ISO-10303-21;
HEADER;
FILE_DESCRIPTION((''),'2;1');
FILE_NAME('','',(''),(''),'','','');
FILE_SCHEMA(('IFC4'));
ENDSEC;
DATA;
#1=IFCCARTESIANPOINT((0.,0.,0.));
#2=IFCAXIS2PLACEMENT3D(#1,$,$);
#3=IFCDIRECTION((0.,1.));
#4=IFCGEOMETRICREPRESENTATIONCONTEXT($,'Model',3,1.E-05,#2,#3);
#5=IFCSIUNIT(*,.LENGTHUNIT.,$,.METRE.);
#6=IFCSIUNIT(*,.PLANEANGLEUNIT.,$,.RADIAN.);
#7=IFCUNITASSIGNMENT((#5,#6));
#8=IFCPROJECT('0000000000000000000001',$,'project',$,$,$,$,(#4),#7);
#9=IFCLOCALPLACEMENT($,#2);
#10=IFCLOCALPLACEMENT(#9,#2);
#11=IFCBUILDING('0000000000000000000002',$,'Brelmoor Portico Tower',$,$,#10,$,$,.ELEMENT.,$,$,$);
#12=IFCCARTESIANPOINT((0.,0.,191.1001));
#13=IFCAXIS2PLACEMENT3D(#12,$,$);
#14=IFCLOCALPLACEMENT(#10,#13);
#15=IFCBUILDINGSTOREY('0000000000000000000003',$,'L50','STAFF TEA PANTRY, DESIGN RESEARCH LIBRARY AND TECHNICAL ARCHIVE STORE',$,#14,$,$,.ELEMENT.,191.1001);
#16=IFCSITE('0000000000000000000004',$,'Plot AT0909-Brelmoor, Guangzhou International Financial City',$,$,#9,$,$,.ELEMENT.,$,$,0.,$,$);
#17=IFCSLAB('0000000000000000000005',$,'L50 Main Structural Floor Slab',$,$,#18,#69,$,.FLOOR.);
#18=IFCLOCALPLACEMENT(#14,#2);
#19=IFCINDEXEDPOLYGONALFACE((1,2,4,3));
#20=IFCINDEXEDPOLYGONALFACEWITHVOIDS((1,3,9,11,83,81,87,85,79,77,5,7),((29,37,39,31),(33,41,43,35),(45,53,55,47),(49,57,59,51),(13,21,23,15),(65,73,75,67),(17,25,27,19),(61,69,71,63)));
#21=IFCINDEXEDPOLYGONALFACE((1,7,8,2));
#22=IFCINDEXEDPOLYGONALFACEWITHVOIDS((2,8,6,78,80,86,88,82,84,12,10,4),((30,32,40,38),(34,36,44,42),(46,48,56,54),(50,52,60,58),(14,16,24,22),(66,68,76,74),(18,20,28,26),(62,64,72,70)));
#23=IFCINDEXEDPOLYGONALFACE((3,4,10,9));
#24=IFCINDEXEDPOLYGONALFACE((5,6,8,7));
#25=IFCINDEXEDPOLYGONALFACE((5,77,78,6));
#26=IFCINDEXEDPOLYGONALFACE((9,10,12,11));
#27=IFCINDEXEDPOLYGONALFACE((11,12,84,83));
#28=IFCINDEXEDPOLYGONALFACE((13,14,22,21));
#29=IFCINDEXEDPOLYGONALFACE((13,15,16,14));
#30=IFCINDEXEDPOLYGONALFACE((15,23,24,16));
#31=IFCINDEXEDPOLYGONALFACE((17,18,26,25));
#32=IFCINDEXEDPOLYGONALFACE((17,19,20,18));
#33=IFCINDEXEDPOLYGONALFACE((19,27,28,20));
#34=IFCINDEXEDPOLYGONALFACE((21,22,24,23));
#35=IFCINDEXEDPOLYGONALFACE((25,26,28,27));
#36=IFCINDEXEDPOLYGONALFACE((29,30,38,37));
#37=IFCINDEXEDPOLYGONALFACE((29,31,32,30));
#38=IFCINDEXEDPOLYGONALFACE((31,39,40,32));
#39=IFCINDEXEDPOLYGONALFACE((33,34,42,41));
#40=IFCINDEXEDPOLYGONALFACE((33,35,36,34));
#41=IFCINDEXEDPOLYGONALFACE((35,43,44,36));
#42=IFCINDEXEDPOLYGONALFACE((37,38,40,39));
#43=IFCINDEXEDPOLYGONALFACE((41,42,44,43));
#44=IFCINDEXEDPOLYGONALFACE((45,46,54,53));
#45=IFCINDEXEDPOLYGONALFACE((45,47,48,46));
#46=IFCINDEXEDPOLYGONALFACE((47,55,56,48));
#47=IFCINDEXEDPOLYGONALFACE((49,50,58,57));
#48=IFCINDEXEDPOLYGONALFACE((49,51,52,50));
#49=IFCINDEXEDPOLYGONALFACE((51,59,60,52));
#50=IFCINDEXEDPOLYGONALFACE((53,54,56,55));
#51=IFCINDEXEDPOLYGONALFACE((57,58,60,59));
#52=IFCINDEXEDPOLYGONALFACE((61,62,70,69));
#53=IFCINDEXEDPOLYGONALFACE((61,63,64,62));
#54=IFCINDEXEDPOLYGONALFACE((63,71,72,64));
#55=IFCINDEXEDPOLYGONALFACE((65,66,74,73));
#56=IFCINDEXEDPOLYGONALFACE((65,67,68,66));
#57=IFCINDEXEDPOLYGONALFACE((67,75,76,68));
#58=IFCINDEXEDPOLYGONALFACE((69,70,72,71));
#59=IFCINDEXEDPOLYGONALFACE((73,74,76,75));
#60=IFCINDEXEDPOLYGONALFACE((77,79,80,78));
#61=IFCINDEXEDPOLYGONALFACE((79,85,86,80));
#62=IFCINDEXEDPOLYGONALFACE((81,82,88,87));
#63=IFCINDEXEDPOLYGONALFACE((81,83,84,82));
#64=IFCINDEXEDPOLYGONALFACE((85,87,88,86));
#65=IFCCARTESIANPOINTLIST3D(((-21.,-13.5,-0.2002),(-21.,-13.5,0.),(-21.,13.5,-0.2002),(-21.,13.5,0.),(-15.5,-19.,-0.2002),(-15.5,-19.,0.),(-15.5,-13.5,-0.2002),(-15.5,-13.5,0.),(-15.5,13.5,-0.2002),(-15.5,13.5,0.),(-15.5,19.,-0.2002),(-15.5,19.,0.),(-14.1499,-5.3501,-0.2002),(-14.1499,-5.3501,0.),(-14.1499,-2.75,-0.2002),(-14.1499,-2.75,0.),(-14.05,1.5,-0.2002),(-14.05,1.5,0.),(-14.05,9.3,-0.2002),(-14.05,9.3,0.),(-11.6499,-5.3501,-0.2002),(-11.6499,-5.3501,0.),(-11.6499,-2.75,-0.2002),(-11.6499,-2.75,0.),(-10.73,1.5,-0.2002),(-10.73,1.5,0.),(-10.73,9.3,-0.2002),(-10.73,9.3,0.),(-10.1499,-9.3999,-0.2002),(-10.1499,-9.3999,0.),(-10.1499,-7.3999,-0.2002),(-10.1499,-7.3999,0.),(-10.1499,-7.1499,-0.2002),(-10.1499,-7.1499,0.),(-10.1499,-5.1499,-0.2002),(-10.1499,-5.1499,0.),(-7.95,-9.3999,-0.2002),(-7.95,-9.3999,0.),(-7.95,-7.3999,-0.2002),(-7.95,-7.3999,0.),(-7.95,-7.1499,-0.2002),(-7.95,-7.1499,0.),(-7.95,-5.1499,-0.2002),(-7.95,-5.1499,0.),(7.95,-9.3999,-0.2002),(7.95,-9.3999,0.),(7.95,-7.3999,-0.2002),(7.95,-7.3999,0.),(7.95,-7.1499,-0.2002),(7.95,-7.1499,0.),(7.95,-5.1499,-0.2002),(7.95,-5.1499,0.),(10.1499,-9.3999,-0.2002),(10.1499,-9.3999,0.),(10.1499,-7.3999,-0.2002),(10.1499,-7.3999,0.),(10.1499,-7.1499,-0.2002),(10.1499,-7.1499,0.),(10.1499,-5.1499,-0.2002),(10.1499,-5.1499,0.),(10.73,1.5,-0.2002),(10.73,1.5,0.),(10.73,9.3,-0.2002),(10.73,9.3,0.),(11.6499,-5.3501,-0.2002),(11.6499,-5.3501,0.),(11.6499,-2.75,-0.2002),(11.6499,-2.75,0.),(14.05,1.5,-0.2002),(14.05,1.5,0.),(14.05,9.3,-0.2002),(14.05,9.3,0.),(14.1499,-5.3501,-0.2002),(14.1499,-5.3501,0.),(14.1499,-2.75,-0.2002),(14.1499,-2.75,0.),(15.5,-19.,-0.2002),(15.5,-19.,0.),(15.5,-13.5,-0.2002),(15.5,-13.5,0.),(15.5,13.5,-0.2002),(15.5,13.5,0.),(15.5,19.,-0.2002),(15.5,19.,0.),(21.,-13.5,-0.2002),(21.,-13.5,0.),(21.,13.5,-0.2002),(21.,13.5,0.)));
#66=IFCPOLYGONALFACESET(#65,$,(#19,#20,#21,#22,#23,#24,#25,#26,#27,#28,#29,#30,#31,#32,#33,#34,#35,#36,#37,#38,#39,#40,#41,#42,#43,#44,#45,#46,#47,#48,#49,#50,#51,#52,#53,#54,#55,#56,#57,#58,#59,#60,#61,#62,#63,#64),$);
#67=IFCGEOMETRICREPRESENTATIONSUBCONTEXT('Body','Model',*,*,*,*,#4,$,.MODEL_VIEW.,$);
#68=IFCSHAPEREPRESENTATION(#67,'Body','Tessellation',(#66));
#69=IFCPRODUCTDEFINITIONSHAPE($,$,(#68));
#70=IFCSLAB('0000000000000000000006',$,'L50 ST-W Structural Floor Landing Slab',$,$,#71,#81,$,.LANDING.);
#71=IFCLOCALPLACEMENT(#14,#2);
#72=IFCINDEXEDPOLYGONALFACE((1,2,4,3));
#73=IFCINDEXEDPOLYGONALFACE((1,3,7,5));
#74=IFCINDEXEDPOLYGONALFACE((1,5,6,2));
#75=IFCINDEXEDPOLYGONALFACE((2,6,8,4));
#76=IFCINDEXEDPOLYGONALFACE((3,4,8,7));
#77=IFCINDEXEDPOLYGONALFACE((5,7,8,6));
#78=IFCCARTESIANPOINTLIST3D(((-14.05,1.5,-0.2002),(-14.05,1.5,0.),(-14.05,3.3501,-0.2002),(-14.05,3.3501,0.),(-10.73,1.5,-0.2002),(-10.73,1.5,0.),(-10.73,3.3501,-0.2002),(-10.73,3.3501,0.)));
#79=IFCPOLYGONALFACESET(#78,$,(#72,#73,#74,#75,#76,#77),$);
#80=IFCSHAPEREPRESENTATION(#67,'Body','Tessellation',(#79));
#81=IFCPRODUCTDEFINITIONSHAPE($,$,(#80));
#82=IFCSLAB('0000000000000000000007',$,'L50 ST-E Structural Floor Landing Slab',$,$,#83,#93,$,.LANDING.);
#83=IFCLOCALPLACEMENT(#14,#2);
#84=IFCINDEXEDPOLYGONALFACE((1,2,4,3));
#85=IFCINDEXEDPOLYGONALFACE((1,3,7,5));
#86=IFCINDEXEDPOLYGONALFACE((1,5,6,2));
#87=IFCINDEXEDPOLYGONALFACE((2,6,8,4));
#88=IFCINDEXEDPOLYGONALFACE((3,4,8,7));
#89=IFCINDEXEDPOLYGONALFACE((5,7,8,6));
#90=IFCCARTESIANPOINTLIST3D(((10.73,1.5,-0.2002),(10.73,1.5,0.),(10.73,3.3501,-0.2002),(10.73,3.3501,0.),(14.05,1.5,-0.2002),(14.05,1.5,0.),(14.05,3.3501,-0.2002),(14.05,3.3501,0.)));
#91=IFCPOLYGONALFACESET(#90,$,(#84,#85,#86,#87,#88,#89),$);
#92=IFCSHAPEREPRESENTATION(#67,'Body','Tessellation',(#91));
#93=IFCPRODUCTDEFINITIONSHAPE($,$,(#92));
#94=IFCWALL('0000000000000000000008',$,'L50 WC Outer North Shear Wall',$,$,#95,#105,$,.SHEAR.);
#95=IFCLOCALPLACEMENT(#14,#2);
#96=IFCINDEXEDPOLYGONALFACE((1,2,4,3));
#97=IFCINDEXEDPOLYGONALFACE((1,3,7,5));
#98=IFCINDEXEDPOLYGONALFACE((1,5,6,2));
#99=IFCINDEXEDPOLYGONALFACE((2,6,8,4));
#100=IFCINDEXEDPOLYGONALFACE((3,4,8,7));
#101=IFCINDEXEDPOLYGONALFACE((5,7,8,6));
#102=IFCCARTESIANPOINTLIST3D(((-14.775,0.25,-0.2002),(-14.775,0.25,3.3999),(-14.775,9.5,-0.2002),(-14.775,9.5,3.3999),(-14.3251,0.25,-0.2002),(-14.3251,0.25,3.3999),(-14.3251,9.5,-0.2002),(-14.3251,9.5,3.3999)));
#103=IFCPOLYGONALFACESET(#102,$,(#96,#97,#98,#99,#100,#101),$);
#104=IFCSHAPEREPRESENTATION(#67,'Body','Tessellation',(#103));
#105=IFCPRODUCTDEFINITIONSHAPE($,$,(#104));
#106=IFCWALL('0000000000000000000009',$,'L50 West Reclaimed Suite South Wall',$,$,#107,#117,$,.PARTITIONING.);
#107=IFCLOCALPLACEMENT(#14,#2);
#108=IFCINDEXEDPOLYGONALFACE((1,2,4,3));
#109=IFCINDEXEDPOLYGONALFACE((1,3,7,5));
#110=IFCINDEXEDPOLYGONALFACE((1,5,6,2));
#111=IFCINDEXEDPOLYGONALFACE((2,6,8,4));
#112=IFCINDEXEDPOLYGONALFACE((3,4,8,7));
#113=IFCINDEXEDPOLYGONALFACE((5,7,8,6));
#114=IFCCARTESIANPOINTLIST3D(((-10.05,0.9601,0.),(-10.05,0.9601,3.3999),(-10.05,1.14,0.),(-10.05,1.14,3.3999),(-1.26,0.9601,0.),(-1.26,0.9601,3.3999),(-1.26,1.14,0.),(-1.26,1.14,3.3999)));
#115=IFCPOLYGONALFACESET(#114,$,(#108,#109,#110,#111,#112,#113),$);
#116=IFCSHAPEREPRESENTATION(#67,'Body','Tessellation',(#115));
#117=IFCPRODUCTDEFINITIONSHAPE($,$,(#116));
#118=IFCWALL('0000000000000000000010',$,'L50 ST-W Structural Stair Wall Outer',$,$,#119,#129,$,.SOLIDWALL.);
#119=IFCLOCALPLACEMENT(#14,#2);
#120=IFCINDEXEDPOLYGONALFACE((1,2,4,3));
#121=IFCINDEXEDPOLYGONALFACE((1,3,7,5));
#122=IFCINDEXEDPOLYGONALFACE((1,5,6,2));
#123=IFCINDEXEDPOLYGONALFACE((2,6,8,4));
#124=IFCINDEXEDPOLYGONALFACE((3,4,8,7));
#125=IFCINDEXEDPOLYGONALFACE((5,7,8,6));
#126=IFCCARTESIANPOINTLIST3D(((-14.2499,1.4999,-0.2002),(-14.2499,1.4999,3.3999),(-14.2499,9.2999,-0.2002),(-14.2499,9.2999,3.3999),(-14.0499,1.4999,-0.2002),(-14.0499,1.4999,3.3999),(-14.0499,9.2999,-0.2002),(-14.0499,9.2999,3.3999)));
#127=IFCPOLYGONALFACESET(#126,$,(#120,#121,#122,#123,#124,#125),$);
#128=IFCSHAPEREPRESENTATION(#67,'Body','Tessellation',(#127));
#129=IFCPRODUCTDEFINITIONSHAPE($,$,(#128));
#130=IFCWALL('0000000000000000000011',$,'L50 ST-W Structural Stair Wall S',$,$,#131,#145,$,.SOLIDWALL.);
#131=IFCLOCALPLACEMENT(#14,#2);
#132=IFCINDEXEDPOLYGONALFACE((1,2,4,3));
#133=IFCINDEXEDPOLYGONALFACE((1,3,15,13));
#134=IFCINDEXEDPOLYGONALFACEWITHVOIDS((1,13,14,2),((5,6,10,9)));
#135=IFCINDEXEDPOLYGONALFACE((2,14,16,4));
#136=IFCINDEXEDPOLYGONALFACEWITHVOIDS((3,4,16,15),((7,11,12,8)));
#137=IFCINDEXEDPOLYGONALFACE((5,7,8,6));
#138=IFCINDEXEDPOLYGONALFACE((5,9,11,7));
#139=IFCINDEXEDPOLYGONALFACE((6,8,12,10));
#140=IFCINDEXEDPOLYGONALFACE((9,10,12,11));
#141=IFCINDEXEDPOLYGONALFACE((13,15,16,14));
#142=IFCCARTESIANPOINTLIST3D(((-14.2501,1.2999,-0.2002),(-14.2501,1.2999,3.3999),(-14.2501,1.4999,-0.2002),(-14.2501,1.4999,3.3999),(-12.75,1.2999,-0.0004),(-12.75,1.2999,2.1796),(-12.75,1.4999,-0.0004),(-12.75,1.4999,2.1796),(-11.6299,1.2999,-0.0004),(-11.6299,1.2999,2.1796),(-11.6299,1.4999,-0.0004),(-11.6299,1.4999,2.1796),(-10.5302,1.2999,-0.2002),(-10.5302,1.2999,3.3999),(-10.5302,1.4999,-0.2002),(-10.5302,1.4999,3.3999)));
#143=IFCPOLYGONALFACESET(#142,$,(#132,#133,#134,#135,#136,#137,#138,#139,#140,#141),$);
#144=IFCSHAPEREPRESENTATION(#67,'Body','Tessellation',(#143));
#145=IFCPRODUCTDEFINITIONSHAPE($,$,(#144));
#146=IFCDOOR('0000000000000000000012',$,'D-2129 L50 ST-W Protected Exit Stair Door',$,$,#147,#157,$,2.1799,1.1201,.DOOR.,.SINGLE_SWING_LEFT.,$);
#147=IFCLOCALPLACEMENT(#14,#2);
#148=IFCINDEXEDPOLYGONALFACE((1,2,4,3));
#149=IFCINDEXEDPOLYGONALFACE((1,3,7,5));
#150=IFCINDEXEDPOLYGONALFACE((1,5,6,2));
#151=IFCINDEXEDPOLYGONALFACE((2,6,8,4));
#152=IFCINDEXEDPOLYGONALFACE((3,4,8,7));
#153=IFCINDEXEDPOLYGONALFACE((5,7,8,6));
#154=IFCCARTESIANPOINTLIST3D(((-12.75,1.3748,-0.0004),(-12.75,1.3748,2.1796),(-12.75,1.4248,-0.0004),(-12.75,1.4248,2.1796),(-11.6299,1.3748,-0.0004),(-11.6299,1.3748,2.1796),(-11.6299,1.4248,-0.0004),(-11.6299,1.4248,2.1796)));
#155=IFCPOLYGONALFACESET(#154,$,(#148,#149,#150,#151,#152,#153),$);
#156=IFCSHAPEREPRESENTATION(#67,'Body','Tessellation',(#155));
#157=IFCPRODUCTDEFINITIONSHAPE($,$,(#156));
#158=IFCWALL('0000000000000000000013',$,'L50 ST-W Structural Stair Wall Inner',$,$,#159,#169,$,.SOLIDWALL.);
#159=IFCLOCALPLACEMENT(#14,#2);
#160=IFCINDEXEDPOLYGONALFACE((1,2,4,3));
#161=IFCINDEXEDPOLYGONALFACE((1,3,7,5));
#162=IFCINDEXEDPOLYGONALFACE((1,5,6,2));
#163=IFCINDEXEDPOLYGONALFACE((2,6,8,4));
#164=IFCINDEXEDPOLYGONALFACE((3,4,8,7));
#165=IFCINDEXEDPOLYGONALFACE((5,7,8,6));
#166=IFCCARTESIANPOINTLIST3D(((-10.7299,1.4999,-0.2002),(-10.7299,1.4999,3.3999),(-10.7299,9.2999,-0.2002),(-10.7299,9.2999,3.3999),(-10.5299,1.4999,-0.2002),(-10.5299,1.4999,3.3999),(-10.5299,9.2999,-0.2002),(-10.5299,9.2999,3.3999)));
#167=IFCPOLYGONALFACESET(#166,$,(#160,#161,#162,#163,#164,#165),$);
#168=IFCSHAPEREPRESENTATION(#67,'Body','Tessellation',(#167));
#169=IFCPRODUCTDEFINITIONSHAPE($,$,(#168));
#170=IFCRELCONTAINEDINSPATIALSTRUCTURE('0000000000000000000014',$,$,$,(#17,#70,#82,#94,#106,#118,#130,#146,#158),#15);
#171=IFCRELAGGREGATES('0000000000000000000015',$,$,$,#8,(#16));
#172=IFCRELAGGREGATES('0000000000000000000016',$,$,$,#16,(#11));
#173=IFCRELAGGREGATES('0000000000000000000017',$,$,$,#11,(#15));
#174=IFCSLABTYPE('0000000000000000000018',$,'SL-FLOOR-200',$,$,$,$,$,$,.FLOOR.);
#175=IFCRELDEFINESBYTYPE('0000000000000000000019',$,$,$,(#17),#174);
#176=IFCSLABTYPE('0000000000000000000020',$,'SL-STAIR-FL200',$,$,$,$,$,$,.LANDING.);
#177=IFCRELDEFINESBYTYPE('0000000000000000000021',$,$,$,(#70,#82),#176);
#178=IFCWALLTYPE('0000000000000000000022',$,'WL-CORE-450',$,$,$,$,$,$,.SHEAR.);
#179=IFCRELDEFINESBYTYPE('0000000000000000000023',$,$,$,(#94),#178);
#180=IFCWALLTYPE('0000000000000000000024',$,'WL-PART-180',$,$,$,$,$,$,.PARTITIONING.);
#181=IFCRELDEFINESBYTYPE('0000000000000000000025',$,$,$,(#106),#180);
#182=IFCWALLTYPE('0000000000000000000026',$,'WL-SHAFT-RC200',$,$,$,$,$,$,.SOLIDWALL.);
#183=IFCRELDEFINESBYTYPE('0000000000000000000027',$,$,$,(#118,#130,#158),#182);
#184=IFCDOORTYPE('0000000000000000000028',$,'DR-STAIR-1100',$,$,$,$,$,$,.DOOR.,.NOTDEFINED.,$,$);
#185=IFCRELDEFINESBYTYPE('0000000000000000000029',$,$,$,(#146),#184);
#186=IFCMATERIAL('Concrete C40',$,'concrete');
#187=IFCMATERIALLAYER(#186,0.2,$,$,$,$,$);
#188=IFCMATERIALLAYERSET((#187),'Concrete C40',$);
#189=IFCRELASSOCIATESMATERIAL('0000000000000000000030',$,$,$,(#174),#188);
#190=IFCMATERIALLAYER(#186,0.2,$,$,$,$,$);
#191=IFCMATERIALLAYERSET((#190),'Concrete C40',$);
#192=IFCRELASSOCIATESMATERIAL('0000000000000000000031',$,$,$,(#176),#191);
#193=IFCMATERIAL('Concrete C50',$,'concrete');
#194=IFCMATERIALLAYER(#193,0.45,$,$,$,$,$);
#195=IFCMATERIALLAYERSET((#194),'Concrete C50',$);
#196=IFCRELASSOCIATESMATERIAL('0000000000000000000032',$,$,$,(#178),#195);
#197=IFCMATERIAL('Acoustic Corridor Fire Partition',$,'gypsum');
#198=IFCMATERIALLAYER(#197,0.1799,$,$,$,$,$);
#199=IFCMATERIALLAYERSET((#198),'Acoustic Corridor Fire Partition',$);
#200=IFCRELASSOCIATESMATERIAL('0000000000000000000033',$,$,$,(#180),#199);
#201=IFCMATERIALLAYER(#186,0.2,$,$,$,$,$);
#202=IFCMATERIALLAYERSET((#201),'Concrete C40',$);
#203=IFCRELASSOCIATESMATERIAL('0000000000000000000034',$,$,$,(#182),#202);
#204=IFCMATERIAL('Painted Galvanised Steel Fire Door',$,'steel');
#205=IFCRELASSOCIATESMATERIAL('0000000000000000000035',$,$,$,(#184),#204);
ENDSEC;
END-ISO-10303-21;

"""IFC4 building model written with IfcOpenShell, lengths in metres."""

from ifc_helpers import new_model, si_unit, direction, frame, frame_2d, origin, place, context, subcontext, project, spatial, polyline, rectangle, outline, extrude, material, layer, layer_set, type_object, element, fill, save


model = new_model("IFC4")

# Units and contexts
model_context = context("Model", 3, precision=1e-05, world=origin(), true_north=direction((0.0, 1.0)))
body_context = subcontext(model_context, "Body", "Model", "MODEL_VIEW")
ifc_project = project(units=[si_unit("LENGTHUNIT", "METRE"), si_unit("PLANEANGLEUNIT", "RADIAN")], contexts=[model_context])

# Site, building, storey
site_placement = place(None, origin())
site = spatial("IfcSite", under=ifc_project, at=site_placement, Name="Plot AT0909-Brelmoor, Guangzhou International Financial City", CompositionType="ELEMENT", RefElevation=0.0)
building_placement = place(site_placement, origin())
building = spatial("IfcBuilding", under=site, at=building_placement, Name="Brelmoor Portico Tower", CompositionType="ELEMENT")
storey_placement = place(building_placement, frame((0.0, 0.0, 191.1001)))
storey = spatial("IfcBuildingStorey", under=building, at=storey_placement, Name="L50", Description="STAFF TEA PANTRY, DESIGN RESEARCH LIBRARY AND TECHNICAL ARCHIVE STORE", CompositionType="ELEMENT", Elevation=191.1001)

# Slabs
ifc_material_1 = material(Name="Concrete C40", Category="concrete")
ifc_layer_1 = layer(ifc_material_1, 0.2)
ifc_layer_set_1 = layer_set([ifc_layer_1], Name="Concrete C40")
slab_type_1 = type_object("IfcSlabType", Name="SL-FLOOR-200", PredefinedType="FLOOR", material=ifc_layer_set_1)
slab_1_placement = place(storey_placement, frame((0.0, 0.0, -0.2002)))
element("IfcSlab", 1, at=slab_1_placement, inside=storey, type_object=slab_type_1, Name="L50 Main Structural Floor Slab", PredefinedType="FLOOR", context=body_context, shape_type="SweptSolid", body=[
    extrude(outline(polyline([(-15.5, -19.0), (15.5, -19.0), (15.5, -13.5), (21.0, -13.5), (21.0, 13.5), (15.5, 13.5), (15.5, 19.0), (-15.5, 19.0), (-15.5, 13.5), (-21.0, 13.5), (-21.0, -13.5), (-15.5, -13.5), (-15.5, -19.0)]), holes=[polyline([(-10.73, 1.5), (-10.73, 9.3), (-14.05, 9.3), (-14.05, 1.5), (-10.73, 1.5)]), polyline([(14.05, 1.5), (14.05, 9.3), (10.73, 9.3), (10.73, 1.5), (14.05, 1.5)]), polyline([(-10.1499, -9.3999), (-7.95, -9.3999), (-7.95, -7.3999), (-10.1499, -7.3999), (-10.1499, -9.3999)]), polyline([(-10.1499, -7.1499), (-7.95, -7.1499), (-7.95, -5.1499), (-10.1499, -5.1499), (-10.1499, -7.1499)]), polyline([(7.95, -9.3999), (10.1499, -9.3999), (10.1499, -7.3999), (7.95, -7.3999), (7.95, -9.3999)]), polyline([(7.95, -7.1499), (10.1499, -7.1499), (10.1499, -5.1499), (7.95, -5.1499), (7.95, -7.1499)]), polyline([(-14.1499, -5.3501), (-11.6499, -5.3501), (-11.6499, -2.75), (-14.1499, -2.75), (-14.1499, -5.3501)]), polyline([(11.6499, -5.3501), (14.1499, -5.3501), (14.1499, -2.75), (11.6499, -2.75), (11.6499, -5.3501)])]), origin(), (0.0, 0.0, 1.0), 0.2002),
])
ifc_layer_2 = layer(ifc_material_1, 0.2)
ifc_layer_set_2 = layer_set([ifc_layer_2], Name="Concrete C40")
slab_type_2 = type_object("IfcSlabType", Name="SL-STAIR-FL200", PredefinedType="LANDING", material=ifc_layer_set_2)
slab_2_placement = place(storey_placement, frame((0.0, 0.0, -0.2002)))
element("IfcSlab", 2, at=slab_2_placement, inside=storey, type_object=slab_type_2, Name="L50 ST-W Structural Floor Landing Slab", PredefinedType="LANDING", context=body_context, shape_type="SweptSolid", body=[
    extrude(outline(polyline([(-10.73, 1.5), (-10.73, 3.3501), (-14.05, 3.3501), (-14.05, 1.5), (-10.73, 1.5)])), origin(), (0.0, 0.0, 1.0), 0.2002),
])
slab_3_placement = place(storey_placement, frame((0.0, 0.0, -0.2002)))
element("IfcSlab", 3, at=slab_3_placement, inside=storey, type_object=slab_type_2, Name="L50 ST-E Structural Floor Landing Slab", PredefinedType="LANDING", context=body_context, shape_type="SweptSolid", body=[
    extrude(outline(polyline([(14.05, 1.5), (14.05, 3.3501), (10.73, 3.3501), (10.73, 1.5), (14.05, 1.5)])), origin(), (0.0, 0.0, 1.0), 0.2002),
])

# Walls
ifc_material_2 = material(Name="Concrete C50", Category="concrete")
ifc_layer_3 = layer(ifc_material_2, 0.45)
ifc_layer_set_3 = layer_set([ifc_layer_3], Name="Concrete C50")
wall_type_1 = type_object("IfcWallType", Name="WL-CORE-450", PredefinedType="SHEAR", material=ifc_layer_set_3)
wall_1_placement = place(storey_placement, frame((-14.55, 0.25, -0.2002), z_axis=(0.0, 0.0, 1.0), x_axis=(0.0, 1.0, 0.0)))
element("IfcWall", 4, at=wall_1_placement, inside=storey, type_object=wall_type_1, Name="L50 WC Outer North Shear Wall", PredefinedType="SHEAR", context=body_context, shape_type="SweptSolid", body=[
    extrude(rectangle(XDim=9.25, YDim=0.45, at=frame_2d((4.625, 0.0))), origin(), (0.0, 0.0, 1.0), 3.6001),
])
ifc_material_3 = material(Name="Acoustic Corridor Fire Partition", Category="gypsum")
ifc_layer_4 = layer(ifc_material_3, 0.1799)
ifc_layer_set_4 = layer_set([ifc_layer_4], Name="Acoustic Corridor Fire Partition")
wall_type_2 = type_object("IfcWallType", Name="WL-PART-180", PredefinedType="PARTITIONING", material=ifc_layer_set_4)
wall_2_placement = place(storey_placement, frame((-10.05, 1.05, 0.0), z_axis=(0.0, 0.0, 1.0), x_axis=(1.0, 0.0, 0.0)))
element("IfcWall", 5, at=wall_2_placement, inside=storey, type_object=wall_type_2, Name="L50 West Reclaimed Suite South Wall", PredefinedType="PARTITIONING", context=body_context, shape_type="SweptSolid", body=[
    extrude(rectangle(XDim=8.79, YDim=0.1799, at=frame_2d((4.395, 0.0))), origin(), (0.0, 0.0, 1.0), 3.3999),
])
ifc_layer_5 = layer(ifc_material_1, 0.2)
ifc_layer_set_5 = layer_set([ifc_layer_5], Name="Concrete C40")
wall_type_3 = type_object("IfcWallType", Name="WL-SHAFT-RC200", PredefinedType="SOLIDWALL", material=ifc_layer_set_5)
wall_3_placement = place(storey_placement, frame((-14.1499, 1.5, -0.2002), z_axis=(0.0, 0.0, 1.0), x_axis=(0.0, 1.0, 0.0)))
element("IfcWall", 6, at=wall_3_placement, inside=storey, type_object=wall_type_3, Name="L50 ST-W Structural Stair Wall Outer", PredefinedType="SOLIDWALL", context=body_context, shape_type="SweptSolid", body=[
    extrude(rectangle(XDim=7.8, YDim=0.2, at=frame_2d((3.8999, 0.0))), origin(), (0.0, 0.0, 1.0), 3.6001),
])

# Wall, opening, door
wall_4_placement = place(storey_placement, frame((-14.25, 1.3999, -0.2002), z_axis=(0.0, 0.0, 1.0), x_axis=(1.0, 0.0, 0.0)))
wall_4 = element("IfcWall", 7, at=wall_4_placement, inside=storey, type_object=wall_type_3, Name="L50 ST-W Structural Stair Wall S", PredefinedType="SOLIDWALL", context=body_context, shape_type="SweptSolid", body=[
    extrude(rectangle(XDim=3.72, YDim=0.2, at=frame_2d((1.8599, 0.0))), origin(), (0.0, 0.0, 1.0), 3.6001),
])
opening_placement = place(wall_4_placement, frame((1.5, 0.0, 0.2)))
opening = element("IfcOpeningElement", 8, at=opening_placement, cuts=wall_4, PredefinedType="OPENING", context=body_context, shape_type="SweptSolid", body=[
    extrude(rectangle(XDim=1.1201, YDim=2.1799, at=frame_2d((0.5601, 1.0898))), frame((0.0, 0.1099, 0.0), z_axis=(0.0, -1.0, 0.0), x_axis=(1.0, 0.0, 0.0)), (0.0, 0.0, 1.0), 0.22),
])
ifc_material_4 = material(Name="Painted Galvanised Steel Fire Door", Category="steel")
door_type = type_object("IfcDoorType", Name="DR-STAIR-1100", OperationType="NOTDEFINED", PredefinedType="DOOR", material=ifc_material_4)
door_placement = place(opening_placement, origin())
door = element("IfcDoor", 9, at=door_placement, inside=storey, type_object=door_type, Name="D-2129 L50 ST-W Protected Exit Stair Door", OperationType="SINGLE_SWING_LEFT", OverallHeight=2.1799, OverallWidth=1.1201, PredefinedType="DOOR", context=body_context, shape_type="SweptSolid", body=[
    extrude(rectangle(XDim=1.1201, YDim=2.1799, at=frame_2d((0.5601, 1.0898))), frame((0.0, 0.0249, 0.0), z_axis=(0.0, -1.0, 0.0), x_axis=(1.0, 0.0, 0.0)), (0.0, 0.0, 1.0), 0.05),
])
fill(opening, door)

# Wall
wall_5_placement = place(storey_placement, frame((-10.6299, 1.5, -0.2002), z_axis=(0.0, 0.0, 1.0), x_axis=(0.0, 1.0, 0.0)))
element("IfcWall", 10, at=wall_5_placement, inside=storey, type_object=wall_type_3, Name="L50 ST-W Structural Stair Wall Inner", PredefinedType="SOLIDWALL", context=body_context, shape_type="SweptSolid", body=[
    extrude(rectangle(XDim=7.8, YDim=0.2, at=frame_2d((3.8999, 0.0))), origin(), (0.0, 0.0, 1.0), 3.6001),
])

save(model, "model.ifc")
